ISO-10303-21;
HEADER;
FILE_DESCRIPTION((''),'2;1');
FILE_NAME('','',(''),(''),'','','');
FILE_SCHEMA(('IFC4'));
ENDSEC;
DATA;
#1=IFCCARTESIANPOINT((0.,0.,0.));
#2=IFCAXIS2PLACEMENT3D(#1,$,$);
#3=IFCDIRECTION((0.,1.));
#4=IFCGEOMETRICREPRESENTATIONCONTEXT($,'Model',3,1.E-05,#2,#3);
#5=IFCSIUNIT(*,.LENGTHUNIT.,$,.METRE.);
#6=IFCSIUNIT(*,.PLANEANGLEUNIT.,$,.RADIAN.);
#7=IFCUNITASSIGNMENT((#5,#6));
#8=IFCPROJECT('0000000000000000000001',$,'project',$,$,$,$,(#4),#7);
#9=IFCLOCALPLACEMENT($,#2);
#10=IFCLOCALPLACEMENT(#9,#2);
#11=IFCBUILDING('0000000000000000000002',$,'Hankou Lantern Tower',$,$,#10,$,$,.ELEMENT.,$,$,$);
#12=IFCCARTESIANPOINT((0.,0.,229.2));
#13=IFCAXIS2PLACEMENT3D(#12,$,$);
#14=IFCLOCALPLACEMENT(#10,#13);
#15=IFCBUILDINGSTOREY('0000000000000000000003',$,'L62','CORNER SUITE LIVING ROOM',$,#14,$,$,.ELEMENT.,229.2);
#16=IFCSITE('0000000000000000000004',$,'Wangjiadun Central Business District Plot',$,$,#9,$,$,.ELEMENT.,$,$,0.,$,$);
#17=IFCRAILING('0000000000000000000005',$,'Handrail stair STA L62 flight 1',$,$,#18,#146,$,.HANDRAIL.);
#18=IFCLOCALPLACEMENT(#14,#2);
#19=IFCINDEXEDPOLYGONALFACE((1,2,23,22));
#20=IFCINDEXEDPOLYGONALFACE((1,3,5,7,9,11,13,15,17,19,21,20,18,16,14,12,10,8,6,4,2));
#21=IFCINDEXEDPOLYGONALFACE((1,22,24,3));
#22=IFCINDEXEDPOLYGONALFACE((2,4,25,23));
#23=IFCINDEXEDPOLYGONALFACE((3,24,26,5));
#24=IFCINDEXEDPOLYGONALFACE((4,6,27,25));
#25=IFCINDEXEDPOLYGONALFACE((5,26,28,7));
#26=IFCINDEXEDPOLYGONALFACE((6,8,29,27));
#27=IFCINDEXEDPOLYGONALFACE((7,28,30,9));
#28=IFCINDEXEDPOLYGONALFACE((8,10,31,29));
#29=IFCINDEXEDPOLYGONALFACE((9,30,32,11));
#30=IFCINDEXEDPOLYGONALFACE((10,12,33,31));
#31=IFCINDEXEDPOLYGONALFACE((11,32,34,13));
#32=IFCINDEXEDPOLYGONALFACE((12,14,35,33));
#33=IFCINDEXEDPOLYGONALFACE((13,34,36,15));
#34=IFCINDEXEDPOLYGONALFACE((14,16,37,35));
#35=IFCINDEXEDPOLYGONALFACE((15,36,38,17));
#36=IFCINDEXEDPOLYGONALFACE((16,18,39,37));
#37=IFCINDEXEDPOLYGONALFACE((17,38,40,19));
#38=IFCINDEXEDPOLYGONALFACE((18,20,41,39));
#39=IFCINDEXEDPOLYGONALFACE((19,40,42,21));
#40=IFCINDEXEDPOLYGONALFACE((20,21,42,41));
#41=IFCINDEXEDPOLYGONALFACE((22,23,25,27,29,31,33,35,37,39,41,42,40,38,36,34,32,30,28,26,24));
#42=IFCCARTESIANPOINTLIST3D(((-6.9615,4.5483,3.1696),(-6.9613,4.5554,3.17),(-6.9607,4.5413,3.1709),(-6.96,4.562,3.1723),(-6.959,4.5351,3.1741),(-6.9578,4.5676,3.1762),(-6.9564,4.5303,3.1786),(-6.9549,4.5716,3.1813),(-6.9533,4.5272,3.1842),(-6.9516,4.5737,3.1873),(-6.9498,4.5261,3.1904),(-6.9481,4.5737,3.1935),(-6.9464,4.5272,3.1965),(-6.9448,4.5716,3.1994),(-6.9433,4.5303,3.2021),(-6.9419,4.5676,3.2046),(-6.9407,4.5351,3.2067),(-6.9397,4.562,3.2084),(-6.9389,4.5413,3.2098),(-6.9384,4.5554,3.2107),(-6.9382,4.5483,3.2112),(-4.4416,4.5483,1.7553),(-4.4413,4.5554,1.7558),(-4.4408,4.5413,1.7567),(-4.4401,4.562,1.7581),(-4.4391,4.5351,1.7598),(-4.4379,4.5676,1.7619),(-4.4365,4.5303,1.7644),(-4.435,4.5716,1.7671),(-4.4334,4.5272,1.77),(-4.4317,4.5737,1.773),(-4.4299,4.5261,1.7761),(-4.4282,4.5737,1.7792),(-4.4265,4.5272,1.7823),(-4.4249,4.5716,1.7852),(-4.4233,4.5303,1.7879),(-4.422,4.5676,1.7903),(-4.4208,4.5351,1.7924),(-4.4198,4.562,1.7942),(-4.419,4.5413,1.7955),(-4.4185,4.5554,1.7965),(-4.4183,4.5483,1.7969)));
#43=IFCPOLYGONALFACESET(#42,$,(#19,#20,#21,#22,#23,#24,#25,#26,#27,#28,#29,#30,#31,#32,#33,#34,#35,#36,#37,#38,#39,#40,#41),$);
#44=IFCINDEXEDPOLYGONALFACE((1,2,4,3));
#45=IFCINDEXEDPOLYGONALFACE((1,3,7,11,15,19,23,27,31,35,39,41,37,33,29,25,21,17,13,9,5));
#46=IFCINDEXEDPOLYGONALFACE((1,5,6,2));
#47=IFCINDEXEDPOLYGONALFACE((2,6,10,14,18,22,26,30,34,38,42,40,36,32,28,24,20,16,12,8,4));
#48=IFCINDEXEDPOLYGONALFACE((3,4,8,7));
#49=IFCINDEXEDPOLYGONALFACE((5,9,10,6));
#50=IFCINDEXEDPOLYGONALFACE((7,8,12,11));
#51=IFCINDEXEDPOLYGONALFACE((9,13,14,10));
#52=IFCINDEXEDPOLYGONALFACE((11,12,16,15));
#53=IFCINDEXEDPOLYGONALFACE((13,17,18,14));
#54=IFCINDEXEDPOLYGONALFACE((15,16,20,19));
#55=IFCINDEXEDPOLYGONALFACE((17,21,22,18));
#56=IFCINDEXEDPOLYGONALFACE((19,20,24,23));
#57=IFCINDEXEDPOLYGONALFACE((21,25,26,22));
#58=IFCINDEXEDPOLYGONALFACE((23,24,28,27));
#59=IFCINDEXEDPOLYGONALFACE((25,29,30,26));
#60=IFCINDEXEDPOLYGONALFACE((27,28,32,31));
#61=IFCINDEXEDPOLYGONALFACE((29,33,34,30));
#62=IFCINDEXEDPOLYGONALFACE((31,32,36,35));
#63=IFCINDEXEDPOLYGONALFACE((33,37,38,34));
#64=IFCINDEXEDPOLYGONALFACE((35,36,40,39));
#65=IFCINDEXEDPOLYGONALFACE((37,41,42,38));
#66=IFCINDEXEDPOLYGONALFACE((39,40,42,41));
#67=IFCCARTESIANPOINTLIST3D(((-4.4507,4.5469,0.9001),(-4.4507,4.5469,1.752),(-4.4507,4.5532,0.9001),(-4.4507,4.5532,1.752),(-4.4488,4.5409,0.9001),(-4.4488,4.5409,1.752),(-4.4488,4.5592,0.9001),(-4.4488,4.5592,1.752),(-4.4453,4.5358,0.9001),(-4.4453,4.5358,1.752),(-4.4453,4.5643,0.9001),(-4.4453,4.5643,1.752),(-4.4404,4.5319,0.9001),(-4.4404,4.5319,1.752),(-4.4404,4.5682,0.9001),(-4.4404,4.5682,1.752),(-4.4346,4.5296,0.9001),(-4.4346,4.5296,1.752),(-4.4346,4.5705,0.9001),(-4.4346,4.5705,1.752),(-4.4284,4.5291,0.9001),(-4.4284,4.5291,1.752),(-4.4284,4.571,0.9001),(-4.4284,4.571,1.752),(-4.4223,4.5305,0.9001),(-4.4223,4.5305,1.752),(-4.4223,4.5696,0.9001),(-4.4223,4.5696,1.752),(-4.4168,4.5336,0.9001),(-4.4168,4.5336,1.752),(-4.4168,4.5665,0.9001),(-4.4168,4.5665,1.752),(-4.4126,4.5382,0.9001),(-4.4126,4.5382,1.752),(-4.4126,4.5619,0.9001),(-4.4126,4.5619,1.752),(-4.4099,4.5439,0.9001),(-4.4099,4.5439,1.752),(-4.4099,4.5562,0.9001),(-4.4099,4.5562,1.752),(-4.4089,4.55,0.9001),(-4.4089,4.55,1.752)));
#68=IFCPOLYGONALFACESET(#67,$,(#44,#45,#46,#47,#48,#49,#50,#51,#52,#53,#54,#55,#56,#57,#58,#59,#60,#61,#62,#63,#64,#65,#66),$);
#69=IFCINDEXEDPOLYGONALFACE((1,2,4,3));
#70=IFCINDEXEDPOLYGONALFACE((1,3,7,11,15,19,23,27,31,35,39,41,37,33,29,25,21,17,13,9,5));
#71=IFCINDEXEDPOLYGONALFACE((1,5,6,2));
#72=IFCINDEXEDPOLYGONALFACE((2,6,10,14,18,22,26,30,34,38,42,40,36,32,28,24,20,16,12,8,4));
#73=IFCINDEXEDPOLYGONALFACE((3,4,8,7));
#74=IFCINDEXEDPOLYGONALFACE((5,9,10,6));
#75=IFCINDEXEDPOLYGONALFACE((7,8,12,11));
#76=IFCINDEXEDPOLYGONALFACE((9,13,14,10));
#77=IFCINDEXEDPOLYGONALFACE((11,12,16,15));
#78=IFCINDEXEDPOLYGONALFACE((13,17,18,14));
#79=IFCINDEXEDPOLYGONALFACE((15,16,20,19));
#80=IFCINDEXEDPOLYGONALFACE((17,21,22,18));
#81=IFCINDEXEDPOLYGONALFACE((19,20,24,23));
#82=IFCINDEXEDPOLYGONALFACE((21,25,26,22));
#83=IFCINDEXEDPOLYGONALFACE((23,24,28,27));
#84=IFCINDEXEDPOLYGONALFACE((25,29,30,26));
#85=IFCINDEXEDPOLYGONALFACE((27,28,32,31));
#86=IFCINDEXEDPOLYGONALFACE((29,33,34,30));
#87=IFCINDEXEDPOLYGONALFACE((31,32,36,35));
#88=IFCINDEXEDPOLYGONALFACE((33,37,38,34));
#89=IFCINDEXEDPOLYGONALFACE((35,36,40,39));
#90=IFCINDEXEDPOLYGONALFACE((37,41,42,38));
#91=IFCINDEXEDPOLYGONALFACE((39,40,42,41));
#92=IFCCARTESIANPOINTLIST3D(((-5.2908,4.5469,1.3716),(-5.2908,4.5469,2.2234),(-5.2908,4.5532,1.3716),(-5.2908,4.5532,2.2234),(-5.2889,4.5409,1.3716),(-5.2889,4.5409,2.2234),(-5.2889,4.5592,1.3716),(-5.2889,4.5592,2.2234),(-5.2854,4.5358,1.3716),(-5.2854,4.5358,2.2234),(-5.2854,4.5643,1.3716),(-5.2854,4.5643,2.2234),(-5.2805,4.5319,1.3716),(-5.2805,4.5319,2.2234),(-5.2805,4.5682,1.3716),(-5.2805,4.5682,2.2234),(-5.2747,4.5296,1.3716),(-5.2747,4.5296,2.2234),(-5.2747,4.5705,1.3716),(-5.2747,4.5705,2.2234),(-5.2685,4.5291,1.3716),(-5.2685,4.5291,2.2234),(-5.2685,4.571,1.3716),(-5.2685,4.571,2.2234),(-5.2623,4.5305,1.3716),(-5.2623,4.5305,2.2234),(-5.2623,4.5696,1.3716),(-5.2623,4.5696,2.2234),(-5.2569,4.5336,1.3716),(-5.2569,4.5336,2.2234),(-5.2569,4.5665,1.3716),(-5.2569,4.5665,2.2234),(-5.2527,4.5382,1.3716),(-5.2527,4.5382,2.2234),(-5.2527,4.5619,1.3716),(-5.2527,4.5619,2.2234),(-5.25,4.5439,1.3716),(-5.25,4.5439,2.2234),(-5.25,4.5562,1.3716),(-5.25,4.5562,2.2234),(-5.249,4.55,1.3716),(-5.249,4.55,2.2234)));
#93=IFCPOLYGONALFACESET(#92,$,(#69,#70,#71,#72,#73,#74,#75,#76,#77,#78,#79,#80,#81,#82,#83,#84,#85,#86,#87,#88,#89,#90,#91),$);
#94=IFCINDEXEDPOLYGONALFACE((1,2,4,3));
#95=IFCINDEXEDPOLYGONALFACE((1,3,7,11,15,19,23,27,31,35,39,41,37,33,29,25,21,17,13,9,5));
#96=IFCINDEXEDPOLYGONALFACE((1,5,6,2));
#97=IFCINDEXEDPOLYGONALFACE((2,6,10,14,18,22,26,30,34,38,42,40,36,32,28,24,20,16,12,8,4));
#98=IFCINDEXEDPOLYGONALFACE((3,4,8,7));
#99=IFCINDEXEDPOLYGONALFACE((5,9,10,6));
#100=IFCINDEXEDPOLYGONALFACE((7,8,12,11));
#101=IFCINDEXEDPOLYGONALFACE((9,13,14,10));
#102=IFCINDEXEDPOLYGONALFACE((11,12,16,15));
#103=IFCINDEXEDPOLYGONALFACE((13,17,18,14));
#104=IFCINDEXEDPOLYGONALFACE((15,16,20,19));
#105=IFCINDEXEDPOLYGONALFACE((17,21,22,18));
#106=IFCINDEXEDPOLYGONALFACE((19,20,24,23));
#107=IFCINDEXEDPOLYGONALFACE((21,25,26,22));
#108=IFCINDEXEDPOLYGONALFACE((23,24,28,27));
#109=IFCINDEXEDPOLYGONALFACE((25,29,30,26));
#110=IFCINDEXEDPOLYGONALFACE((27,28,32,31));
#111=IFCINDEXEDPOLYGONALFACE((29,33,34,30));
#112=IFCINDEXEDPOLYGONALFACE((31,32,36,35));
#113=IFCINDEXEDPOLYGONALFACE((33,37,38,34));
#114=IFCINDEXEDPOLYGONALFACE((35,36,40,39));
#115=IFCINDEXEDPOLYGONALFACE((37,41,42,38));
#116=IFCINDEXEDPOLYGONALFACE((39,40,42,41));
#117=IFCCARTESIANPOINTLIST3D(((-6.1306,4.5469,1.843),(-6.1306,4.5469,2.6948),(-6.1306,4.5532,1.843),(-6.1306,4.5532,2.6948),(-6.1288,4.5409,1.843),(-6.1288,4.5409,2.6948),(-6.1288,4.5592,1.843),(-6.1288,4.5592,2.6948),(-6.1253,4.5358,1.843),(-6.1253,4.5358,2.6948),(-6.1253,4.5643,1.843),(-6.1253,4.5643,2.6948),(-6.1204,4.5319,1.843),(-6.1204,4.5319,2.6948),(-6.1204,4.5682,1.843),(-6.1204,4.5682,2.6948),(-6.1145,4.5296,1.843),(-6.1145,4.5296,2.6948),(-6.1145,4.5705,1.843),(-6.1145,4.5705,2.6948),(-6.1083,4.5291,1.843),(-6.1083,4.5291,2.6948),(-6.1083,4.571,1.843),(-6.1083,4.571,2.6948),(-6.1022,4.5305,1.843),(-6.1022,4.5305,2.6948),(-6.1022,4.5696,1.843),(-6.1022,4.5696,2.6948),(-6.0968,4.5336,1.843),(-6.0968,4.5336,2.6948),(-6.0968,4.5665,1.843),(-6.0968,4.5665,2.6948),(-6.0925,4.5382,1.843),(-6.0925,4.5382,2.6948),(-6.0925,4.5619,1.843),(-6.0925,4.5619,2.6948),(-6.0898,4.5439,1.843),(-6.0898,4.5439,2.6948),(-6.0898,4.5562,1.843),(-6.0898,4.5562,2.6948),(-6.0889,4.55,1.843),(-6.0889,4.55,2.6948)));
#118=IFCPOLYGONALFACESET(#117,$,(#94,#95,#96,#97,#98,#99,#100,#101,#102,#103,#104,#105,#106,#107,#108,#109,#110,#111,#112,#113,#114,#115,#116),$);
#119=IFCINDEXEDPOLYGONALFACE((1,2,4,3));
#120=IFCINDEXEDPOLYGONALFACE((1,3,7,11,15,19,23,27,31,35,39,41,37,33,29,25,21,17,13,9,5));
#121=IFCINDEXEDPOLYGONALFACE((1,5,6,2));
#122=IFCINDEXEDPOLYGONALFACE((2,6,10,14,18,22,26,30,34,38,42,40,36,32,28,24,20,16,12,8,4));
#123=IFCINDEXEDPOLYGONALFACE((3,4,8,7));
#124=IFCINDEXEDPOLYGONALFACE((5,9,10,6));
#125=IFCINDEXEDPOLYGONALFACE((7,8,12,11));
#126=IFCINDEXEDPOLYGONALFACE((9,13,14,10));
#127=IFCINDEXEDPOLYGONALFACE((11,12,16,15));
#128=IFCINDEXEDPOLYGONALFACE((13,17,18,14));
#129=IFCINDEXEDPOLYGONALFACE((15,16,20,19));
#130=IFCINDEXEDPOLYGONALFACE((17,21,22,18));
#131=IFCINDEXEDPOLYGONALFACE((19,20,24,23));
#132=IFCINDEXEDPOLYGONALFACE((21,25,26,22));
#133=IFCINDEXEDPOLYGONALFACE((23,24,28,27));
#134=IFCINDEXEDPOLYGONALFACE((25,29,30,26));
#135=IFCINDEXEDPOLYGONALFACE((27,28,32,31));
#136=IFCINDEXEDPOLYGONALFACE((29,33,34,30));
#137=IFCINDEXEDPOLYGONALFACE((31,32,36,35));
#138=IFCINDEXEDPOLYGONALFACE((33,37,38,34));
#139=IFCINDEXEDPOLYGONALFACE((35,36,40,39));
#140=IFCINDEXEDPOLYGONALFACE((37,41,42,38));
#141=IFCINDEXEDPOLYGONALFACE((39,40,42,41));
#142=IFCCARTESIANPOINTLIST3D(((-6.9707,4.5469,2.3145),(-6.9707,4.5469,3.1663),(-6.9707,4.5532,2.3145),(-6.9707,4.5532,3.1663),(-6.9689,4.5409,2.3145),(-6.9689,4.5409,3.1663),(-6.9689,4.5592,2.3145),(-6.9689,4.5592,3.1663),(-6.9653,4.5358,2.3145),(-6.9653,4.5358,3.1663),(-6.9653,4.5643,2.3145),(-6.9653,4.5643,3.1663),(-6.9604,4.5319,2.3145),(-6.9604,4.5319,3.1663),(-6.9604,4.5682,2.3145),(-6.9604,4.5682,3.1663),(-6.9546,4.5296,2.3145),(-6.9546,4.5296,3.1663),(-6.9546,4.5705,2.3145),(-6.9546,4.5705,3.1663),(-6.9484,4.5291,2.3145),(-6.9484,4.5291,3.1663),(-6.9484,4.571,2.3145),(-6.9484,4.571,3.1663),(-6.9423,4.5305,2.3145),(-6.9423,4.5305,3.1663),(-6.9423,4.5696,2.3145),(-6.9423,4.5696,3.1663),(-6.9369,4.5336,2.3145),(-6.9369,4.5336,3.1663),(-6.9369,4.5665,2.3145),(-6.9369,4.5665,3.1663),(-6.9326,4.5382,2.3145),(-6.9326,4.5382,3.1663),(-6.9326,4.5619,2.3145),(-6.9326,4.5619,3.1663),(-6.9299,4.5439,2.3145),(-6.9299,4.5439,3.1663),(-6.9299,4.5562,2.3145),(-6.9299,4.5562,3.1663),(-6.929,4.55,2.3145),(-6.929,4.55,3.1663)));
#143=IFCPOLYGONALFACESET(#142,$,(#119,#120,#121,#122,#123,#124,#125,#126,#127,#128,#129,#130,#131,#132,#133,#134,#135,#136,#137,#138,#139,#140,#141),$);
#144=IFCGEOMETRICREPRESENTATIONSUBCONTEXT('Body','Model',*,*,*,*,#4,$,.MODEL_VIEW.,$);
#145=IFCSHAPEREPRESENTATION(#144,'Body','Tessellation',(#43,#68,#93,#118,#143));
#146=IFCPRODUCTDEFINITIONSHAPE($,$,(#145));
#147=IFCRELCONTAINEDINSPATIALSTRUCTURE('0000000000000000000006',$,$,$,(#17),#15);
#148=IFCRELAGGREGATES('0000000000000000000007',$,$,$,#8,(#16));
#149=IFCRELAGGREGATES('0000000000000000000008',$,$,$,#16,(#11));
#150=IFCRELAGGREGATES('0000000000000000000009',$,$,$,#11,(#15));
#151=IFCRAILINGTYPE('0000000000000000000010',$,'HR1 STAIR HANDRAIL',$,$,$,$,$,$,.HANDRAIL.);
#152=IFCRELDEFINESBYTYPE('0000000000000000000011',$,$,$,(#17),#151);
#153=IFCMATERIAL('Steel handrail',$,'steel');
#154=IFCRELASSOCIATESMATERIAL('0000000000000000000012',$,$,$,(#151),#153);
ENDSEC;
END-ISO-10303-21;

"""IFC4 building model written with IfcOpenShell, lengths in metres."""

from ifc_helpers import new_model, si_unit, direction, frame, origin, origin_2d, place, context, subcontext, project, spatial, circle, extrude, material, type_object, element, save


model = new_model("IFC4")

# Units and contexts
model_context = context("Model", 3, precision=1e-05, world=origin(), true_north=direction((0.0, 1.0)))
body_context = subcontext(model_context, "Body", "Model", "MODEL_VIEW")
ifc_project = project(units=[si_unit("LENGTHUNIT", "METRE"), si_unit("PLANEANGLEUNIT", "RADIAN")], contexts=[model_context])

# Site, building, storey
site_placement = place(None, origin())
site = spatial("IfcSite", under=ifc_project, at=site_placement, Name="Wangjiadun Central Business District Plot", CompositionType="ELEMENT", RefElevation=0.0)
building_placement = place(site_placement, origin())
building = spatial("IfcBuilding", under=site, at=building_placement, Name="Hankou Lantern Tower", CompositionType="ELEMENT")
storey_placement = place(building_placement, frame((0.0, 0.0, 229.2)))
storey = spatial("IfcBuildingStorey", under=building, at=storey_placement, Name="L62", Description="CORNER SUITE LIVING ROOM", CompositionType="ELEMENT", Elevation=229.2)

# Railing
ifc_material_1 = material(Name="Steel handrail", Category="steel")
railing_type = type_object("IfcRailingType", Name="HR1 STAIR HANDRAIL", PredefinedType="HANDRAIL", material=ifc_material_1)
railing_1_placement = place(storey_placement, frame((-4.4299, 4.55, 0.9001)))
element("IfcRailing", 1, at=railing_1_placement, inside=storey, type_object=railing_type, Name="Handrail stair STA L62 flight 1", PredefinedType="HANDRAIL", context=body_context, shape_type="SweptSolid", body=[
    extrude(circle(Radius=0.0239, at=origin_2d()), frame((0.0, 0.0, 0.876), z_axis=(-0.872049, 0.0, 0.489419), x_axis=(0.0, -1.0, 0.0)), (0.0, 0.0, 1.0), 2.8896),
    extrude(circle(Radius=0.021, at=origin_2d()), origin(), (0.0, 0.0, 1.0), 0.8518),
    extrude(circle(Radius=0.021, at=origin_2d()), frame((-0.8401, 0.0, 0.4714)), (0.0, 0.0, 1.0), 0.8518),
    extrude(circle(Radius=0.021, at=origin_2d()), frame((-1.6799, 0.0, 0.9429)), (0.0, 0.0, 1.0), 0.8518),
    extrude(circle(Radius=0.021, at=origin_2d()), frame((-2.52, 0.0, 1.4143)), (0.0, 0.0, 1.0), 0.8518),
])

save(model, "model.ifc")
